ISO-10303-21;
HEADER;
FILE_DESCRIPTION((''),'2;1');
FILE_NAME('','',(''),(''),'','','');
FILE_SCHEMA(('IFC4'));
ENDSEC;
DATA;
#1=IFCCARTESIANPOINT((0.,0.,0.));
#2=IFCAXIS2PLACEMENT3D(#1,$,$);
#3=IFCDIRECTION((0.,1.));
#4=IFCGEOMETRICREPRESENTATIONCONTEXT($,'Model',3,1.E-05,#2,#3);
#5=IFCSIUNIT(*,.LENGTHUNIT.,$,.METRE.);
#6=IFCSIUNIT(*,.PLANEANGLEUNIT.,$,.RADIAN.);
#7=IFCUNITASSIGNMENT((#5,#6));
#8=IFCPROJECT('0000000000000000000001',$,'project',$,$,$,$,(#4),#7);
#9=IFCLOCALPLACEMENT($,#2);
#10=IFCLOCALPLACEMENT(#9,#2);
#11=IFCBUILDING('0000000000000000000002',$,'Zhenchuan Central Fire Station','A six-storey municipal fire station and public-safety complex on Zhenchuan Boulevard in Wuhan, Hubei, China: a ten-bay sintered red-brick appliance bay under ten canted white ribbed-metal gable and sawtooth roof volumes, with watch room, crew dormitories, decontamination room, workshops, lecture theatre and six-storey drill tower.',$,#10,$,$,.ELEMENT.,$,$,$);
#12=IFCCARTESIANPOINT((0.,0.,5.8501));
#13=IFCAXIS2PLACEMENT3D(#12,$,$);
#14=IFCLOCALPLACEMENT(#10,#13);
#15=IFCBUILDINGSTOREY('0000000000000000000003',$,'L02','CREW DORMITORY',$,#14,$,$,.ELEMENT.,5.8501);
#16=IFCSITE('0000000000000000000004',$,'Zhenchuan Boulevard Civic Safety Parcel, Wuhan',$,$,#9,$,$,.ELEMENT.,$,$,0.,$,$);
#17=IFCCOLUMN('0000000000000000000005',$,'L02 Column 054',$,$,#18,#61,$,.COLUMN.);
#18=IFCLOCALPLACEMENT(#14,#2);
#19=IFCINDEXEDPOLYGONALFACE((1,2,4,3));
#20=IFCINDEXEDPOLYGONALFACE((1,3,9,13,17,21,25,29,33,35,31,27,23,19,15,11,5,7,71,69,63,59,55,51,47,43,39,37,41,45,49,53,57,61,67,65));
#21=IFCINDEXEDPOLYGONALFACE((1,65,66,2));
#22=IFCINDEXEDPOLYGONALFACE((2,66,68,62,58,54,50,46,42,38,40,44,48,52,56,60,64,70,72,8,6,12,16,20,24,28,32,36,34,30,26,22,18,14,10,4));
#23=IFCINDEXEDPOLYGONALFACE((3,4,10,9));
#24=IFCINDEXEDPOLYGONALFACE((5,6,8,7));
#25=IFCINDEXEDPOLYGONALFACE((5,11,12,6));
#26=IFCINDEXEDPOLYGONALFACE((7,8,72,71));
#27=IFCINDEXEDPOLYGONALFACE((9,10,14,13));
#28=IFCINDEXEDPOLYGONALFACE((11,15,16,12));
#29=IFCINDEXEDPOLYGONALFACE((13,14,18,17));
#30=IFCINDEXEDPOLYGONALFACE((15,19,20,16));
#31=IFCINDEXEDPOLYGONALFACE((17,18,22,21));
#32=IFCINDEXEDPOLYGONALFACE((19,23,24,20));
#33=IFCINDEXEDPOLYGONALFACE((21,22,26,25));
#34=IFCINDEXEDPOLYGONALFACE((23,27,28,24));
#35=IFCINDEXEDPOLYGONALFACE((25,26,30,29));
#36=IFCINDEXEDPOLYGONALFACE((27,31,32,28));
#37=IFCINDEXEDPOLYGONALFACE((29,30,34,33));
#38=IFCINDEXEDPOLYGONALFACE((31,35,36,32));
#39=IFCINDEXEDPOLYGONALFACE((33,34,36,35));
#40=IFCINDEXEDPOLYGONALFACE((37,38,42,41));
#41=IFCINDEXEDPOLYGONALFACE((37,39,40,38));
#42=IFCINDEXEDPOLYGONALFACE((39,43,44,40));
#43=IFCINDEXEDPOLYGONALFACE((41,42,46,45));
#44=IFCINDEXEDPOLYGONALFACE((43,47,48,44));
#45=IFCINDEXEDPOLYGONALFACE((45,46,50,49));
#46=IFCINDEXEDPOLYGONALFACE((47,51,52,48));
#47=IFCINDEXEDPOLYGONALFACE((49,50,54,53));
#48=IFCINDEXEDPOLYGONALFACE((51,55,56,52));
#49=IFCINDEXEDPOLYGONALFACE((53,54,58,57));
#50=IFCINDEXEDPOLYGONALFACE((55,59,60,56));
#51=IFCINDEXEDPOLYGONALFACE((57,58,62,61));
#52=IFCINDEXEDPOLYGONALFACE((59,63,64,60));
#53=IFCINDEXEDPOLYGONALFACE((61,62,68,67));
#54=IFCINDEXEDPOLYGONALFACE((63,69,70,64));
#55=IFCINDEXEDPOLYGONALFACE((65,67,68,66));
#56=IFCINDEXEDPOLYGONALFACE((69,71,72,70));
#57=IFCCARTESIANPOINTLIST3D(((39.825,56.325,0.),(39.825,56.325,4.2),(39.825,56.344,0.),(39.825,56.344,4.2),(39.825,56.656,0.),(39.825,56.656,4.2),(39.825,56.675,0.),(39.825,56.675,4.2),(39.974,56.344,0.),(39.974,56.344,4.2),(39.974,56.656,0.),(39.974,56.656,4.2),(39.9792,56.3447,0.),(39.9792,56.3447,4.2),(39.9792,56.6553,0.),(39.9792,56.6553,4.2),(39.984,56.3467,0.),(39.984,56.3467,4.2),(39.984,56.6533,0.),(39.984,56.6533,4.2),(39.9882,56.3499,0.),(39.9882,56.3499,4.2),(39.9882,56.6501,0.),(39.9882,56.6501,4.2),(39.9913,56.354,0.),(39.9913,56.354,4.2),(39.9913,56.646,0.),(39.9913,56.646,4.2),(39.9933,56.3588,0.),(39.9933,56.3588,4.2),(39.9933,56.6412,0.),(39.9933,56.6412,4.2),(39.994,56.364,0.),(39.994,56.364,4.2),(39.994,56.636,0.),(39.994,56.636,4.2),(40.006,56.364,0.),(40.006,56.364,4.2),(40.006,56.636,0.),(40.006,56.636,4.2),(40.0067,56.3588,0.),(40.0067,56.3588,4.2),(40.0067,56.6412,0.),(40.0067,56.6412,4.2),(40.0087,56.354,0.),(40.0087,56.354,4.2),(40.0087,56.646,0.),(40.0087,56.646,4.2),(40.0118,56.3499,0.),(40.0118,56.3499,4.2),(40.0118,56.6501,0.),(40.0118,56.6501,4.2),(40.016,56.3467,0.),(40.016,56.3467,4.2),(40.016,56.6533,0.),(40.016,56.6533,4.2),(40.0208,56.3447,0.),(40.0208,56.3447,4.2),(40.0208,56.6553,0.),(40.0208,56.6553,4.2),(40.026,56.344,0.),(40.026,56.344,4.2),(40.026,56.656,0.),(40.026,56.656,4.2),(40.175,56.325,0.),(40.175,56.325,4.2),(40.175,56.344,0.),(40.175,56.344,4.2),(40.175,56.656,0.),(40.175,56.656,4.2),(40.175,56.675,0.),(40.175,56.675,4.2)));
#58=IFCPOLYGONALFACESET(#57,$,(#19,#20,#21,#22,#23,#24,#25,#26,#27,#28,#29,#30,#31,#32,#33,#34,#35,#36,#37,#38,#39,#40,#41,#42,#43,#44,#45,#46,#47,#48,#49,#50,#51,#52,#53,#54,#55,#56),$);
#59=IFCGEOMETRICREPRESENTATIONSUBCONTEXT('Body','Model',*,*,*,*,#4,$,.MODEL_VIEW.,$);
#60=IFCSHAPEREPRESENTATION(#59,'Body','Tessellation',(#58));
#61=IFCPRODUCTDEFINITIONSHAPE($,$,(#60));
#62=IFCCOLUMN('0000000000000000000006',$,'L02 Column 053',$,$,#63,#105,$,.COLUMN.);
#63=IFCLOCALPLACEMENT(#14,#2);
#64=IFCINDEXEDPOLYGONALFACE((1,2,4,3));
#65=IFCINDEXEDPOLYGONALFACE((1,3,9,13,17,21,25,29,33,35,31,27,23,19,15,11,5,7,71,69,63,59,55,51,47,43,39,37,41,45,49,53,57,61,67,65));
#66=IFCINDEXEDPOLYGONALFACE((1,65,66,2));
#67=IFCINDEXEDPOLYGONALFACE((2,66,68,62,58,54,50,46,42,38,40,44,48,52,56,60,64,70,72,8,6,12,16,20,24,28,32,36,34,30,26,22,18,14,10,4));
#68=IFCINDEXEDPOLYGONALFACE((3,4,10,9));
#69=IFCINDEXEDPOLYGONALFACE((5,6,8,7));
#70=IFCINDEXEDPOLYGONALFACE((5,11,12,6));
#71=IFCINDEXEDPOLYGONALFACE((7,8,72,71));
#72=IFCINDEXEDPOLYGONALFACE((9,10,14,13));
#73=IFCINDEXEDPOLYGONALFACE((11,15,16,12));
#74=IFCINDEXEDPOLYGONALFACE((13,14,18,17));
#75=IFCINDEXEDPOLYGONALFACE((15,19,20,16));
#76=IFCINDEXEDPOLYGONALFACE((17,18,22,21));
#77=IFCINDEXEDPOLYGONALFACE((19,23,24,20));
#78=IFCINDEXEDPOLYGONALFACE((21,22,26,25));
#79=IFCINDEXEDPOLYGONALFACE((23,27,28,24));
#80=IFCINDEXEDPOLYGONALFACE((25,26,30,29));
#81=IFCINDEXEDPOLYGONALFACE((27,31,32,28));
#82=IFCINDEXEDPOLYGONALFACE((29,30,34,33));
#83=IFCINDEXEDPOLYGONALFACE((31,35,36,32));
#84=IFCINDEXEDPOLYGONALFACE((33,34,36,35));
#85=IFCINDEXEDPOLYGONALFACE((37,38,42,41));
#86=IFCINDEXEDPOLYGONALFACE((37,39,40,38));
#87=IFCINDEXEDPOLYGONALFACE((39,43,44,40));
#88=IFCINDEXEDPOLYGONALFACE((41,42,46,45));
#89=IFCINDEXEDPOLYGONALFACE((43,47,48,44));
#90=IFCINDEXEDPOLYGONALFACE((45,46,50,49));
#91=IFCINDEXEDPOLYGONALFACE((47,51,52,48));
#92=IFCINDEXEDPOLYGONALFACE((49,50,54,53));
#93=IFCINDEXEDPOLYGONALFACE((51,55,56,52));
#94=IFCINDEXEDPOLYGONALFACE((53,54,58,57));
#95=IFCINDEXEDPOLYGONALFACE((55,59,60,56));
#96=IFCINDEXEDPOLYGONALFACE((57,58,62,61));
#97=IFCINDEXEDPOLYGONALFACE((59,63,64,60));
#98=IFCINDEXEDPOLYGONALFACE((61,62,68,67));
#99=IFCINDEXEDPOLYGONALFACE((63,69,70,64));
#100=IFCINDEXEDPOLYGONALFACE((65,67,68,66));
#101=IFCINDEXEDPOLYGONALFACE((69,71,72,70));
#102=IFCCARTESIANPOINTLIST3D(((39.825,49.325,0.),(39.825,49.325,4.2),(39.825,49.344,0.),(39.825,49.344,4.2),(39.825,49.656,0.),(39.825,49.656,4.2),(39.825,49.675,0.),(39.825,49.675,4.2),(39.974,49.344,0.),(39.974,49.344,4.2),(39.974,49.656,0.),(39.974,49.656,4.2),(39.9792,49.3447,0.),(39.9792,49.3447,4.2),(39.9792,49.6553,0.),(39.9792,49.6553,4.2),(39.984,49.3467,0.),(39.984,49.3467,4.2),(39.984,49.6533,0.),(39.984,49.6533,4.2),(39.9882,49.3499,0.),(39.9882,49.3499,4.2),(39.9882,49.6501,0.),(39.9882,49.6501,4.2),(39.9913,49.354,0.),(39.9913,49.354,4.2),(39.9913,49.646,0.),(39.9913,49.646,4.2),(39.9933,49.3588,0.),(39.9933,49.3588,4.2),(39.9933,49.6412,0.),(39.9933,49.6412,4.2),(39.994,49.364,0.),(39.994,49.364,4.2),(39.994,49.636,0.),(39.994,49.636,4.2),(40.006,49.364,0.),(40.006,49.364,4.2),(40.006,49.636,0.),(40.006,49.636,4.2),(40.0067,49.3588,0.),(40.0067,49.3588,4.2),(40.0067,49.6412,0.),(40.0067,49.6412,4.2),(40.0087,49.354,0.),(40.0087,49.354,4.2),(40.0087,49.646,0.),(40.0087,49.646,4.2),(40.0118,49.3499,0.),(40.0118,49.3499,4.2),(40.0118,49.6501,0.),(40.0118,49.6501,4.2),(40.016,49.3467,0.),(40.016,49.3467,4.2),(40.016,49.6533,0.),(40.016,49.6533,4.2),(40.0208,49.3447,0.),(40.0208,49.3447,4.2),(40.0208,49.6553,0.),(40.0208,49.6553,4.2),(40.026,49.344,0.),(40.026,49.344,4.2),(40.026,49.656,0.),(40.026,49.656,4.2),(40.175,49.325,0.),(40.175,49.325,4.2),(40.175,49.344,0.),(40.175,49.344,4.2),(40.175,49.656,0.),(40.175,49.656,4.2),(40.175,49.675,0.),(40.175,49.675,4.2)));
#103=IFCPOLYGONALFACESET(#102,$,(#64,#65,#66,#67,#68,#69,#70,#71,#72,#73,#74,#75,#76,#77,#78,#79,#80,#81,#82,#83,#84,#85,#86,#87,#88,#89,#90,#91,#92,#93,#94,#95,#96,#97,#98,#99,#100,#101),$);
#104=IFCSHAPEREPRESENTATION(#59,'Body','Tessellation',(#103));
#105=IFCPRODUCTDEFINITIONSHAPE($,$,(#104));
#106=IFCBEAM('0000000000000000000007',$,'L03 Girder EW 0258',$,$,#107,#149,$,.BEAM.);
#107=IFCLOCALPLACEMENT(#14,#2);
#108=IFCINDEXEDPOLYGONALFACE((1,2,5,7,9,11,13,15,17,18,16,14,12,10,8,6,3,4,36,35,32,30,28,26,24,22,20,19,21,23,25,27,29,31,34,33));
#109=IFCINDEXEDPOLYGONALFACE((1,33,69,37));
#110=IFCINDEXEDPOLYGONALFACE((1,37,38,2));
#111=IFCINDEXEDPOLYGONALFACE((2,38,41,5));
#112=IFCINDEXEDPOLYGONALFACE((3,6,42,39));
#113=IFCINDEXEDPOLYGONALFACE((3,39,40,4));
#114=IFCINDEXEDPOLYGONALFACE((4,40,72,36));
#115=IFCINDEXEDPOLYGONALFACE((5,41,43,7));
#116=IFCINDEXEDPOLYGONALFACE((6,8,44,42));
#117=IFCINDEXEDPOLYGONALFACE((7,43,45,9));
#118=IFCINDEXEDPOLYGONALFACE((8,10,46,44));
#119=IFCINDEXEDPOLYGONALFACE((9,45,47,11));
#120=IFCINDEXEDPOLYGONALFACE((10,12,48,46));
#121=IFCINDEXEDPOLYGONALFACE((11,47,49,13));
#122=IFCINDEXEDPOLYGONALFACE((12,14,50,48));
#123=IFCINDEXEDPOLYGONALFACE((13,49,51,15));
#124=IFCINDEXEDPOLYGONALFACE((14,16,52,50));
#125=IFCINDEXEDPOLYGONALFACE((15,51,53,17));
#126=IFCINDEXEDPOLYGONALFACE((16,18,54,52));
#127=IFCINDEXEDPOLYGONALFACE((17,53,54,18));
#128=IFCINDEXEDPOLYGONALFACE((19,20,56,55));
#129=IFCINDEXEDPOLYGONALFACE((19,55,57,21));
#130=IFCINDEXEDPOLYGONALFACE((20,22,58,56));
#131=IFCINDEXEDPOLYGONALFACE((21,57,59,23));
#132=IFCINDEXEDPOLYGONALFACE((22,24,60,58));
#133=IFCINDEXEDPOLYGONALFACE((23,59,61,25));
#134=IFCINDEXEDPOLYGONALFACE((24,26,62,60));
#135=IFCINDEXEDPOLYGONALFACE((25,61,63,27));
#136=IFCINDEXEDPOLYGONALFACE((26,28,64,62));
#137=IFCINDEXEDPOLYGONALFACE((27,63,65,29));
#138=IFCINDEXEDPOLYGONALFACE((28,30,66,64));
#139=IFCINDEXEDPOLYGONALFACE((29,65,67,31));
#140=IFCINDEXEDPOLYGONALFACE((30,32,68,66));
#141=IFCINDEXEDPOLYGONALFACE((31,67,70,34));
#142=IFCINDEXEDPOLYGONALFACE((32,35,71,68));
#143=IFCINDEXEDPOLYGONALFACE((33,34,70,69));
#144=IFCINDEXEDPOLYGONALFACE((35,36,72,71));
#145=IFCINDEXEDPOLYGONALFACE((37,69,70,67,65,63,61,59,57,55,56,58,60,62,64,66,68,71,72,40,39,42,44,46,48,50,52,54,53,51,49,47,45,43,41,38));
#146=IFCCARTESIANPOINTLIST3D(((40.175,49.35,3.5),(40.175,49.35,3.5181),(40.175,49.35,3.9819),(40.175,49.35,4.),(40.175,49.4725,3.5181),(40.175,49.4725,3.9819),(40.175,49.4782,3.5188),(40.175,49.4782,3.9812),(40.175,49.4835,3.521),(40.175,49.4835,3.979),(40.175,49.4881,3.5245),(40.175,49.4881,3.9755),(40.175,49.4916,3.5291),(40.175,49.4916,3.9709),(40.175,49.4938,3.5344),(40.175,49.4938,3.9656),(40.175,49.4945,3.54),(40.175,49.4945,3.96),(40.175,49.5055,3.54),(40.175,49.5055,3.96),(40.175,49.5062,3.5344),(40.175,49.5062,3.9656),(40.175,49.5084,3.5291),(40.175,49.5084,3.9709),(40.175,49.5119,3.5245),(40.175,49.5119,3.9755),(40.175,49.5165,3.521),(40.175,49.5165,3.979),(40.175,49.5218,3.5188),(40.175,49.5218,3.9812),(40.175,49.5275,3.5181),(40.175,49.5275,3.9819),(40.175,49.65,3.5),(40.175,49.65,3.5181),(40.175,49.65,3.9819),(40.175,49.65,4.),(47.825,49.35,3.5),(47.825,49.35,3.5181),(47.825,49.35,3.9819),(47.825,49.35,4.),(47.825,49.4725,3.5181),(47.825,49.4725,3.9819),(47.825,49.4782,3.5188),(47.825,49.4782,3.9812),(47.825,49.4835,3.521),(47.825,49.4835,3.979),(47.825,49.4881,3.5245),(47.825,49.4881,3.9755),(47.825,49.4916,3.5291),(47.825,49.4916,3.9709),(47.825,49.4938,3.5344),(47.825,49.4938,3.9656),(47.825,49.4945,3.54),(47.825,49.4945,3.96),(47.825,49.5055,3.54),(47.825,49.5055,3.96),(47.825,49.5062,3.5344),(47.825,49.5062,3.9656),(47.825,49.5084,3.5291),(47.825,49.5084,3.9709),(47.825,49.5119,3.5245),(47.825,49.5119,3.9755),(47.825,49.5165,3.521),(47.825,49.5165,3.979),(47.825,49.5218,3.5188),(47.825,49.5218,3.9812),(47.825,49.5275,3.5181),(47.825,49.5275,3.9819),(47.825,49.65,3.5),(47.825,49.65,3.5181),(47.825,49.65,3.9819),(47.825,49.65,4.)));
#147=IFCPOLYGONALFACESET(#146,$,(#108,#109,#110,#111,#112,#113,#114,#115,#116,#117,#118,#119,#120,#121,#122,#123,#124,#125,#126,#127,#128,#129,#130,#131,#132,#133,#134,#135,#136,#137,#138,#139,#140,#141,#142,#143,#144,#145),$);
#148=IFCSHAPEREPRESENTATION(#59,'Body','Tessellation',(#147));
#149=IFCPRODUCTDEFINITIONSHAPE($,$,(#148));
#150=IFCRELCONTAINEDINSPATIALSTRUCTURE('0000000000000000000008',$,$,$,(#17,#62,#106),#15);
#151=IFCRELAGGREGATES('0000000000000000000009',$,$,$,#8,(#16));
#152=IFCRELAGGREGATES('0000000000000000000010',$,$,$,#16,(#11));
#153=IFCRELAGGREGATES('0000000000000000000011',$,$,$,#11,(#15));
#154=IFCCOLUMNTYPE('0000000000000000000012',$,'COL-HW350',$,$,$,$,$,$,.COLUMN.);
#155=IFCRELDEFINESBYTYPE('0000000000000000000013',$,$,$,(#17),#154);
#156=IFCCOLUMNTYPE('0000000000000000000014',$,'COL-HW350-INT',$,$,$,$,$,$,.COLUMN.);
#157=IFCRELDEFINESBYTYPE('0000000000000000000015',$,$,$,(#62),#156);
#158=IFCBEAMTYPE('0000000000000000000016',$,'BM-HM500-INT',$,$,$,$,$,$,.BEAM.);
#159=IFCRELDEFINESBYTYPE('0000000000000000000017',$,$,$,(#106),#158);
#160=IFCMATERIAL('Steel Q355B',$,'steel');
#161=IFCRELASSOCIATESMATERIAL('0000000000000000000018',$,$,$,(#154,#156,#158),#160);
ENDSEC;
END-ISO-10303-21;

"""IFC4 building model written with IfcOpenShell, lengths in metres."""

from ifc_helpers import new_model, si_unit, direction, frame, origin, origin_2d, place, context, subcontext, project, spatial, i_section, extrude, material, material_profile, profile_set, type_object, element, save


model = new_model("IFC4")

# Units and contexts
model_context = context("Model", 3, precision=1e-05, world=origin(), true_north=direction((0.0, 1.0)))
body_context = subcontext(model_context, "Body", "Model", "MODEL_VIEW")
ifc_project = project(units=[si_unit("LENGTHUNIT", "METRE"), si_unit("PLANEANGLEUNIT", "RADIAN")], contexts=[model_context])

# Site, building, storey
site_placement = place(None, origin())
site = spatial("IfcSite", under=ifc_project, at=site_placement, Name="Zhenchuan Boulevard Civic Safety Parcel, Wuhan", CompositionType="ELEMENT", RefElevation=0.0)
building_placement = place(site_placement, origin())
building = spatial("IfcBuilding", under=site, at=building_placement, Name="Zhenchuan Central Fire Station", Description="A six-storey municipal fire station and public-safety complex on Zhenchuan Boulevard in Wuhan, Hubei, China: a ten-bay sintered red-brick appliance bay under ten canted white ribbed-metal gable and sawtooth roof volumes, with watch room, crew dormitories, decontamination room, workshops, lecture theatre and six-storey drill tower.", CompositionType="ELEMENT")
storey_placement = place(building_placement, frame((0.0, 0.0, 5.8501)))
storey = spatial("IfcBuildingStorey", under=building, at=storey_placement, Name="L02", Description="CREW DORMITORY", CompositionType="ELEMENT", Elevation=5.8501)

# Columns
ifc_material_1 = material(Name="Steel Q355B", Category="steel")
ifc_material_profile_1 = material_profile(ifc_material_1, i_section(OverallWidth=0.3501, OverallDepth=0.3501, WebThickness=0.012, FlangeThickness=0.019, FilletRadius=0.02, at=origin_2d()), Name="HW 350x350")
ifc_profile_set_1 = profile_set([ifc_material_profile_1], Name="Steel Q355B")
column_type_1 = type_object("IfcColumnType", Name="COL-HW350", PredefinedType="COLUMN", material=ifc_profile_set_1)
column_1_placement = place(storey_placement, frame((40.0, 56.5, 0.0), z_axis=(0.0, 0.0, 1.0), x_axis=(1.0, 0.0, 0.0)))
element("IfcColumn", 1, at=column_1_placement, inside=storey, type_object=column_type_1, Name="L02 Column 054", PredefinedType="COLUMN", context=body_context, shape_type="SweptSolid", body=[
    extrude(i_section(OverallWidth=0.3501, OverallDepth=0.3501, WebThickness=0.012, FlangeThickness=0.019, FilletRadius=0.02, at=origin_2d()), origin(), (0.0, 0.0, 1.0), 4.2),
])
ifc_material_profile_2 = material_profile(ifc_material_1, i_section(OverallWidth=0.3501, OverallDepth=0.3501, WebThickness=0.012, FlangeThickness=0.019, FilletRadius=0.02, at=origin_2d()), Name="HW 350x350")
ifc_profile_set_2 = profile_set([ifc_material_profile_2], Name="Steel Q355B")
column_type_2 = type_object("IfcColumnType", Name="COL-HW350-INT", PredefinedType="COLUMN", material=ifc_profile_set_2)
column_2_placement = place(storey_placement, frame((40.0, 49.5, 0.0), z_axis=(0.0, 0.0, 1.0), x_axis=(1.0, 0.0, 0.0)))
element("IfcColumn", 2, at=column_2_placement, inside=storey, type_object=column_type_2, Name="L02 Column 053", PredefinedType="COLUMN", context=body_context, shape_type="SweptSolid", body=[
    extrude(i_section(OverallWidth=0.3501, OverallDepth=0.3501, WebThickness=0.012, FlangeThickness=0.019, FilletRadius=0.02, at=origin_2d()), origin(), (0.0, 0.0, 1.0), 4.2),
])

# Beam
ifc_material_profile_3 = material_profile(ifc_material_1, i_section(OverallWidth=0.3, OverallDepth=0.5, WebThickness=0.011, FlangeThickness=0.0181, FilletRadius=0.022, at=origin_2d()), Name="HM 500x300")
ifc_profile_set_3 = profile_set([ifc_material_profile_3], Name="Steel Q355B")
beam_type_1 = type_object("IfcBeamType", Name="BM-HM500-INT", PredefinedType="BEAM", material=ifc_profile_set_3)
beam_1_placement = place(storey_placement, frame((40.175, 49.5, 3.75), z_axis=(1.0, 0.0, 0.0), x_axis=(0.0, 1.0, 0.0)))
element("IfcBeam", 3, at=beam_1_placement, inside=storey, type_object=beam_type_1, Name="L03 Girder EW 0258", PredefinedType="BEAM", context=body_context, shape_type="SweptSolid", body=[
    extrude(i_section(OverallWidth=0.3, OverallDepth=0.5, WebThickness=0.011, FlangeThickness=0.0181, FilletRadius=0.022, at=origin_2d()), origin(), (0.0, 0.0, 1.0), 7.6499),
])

save(model, "model.ifc")
